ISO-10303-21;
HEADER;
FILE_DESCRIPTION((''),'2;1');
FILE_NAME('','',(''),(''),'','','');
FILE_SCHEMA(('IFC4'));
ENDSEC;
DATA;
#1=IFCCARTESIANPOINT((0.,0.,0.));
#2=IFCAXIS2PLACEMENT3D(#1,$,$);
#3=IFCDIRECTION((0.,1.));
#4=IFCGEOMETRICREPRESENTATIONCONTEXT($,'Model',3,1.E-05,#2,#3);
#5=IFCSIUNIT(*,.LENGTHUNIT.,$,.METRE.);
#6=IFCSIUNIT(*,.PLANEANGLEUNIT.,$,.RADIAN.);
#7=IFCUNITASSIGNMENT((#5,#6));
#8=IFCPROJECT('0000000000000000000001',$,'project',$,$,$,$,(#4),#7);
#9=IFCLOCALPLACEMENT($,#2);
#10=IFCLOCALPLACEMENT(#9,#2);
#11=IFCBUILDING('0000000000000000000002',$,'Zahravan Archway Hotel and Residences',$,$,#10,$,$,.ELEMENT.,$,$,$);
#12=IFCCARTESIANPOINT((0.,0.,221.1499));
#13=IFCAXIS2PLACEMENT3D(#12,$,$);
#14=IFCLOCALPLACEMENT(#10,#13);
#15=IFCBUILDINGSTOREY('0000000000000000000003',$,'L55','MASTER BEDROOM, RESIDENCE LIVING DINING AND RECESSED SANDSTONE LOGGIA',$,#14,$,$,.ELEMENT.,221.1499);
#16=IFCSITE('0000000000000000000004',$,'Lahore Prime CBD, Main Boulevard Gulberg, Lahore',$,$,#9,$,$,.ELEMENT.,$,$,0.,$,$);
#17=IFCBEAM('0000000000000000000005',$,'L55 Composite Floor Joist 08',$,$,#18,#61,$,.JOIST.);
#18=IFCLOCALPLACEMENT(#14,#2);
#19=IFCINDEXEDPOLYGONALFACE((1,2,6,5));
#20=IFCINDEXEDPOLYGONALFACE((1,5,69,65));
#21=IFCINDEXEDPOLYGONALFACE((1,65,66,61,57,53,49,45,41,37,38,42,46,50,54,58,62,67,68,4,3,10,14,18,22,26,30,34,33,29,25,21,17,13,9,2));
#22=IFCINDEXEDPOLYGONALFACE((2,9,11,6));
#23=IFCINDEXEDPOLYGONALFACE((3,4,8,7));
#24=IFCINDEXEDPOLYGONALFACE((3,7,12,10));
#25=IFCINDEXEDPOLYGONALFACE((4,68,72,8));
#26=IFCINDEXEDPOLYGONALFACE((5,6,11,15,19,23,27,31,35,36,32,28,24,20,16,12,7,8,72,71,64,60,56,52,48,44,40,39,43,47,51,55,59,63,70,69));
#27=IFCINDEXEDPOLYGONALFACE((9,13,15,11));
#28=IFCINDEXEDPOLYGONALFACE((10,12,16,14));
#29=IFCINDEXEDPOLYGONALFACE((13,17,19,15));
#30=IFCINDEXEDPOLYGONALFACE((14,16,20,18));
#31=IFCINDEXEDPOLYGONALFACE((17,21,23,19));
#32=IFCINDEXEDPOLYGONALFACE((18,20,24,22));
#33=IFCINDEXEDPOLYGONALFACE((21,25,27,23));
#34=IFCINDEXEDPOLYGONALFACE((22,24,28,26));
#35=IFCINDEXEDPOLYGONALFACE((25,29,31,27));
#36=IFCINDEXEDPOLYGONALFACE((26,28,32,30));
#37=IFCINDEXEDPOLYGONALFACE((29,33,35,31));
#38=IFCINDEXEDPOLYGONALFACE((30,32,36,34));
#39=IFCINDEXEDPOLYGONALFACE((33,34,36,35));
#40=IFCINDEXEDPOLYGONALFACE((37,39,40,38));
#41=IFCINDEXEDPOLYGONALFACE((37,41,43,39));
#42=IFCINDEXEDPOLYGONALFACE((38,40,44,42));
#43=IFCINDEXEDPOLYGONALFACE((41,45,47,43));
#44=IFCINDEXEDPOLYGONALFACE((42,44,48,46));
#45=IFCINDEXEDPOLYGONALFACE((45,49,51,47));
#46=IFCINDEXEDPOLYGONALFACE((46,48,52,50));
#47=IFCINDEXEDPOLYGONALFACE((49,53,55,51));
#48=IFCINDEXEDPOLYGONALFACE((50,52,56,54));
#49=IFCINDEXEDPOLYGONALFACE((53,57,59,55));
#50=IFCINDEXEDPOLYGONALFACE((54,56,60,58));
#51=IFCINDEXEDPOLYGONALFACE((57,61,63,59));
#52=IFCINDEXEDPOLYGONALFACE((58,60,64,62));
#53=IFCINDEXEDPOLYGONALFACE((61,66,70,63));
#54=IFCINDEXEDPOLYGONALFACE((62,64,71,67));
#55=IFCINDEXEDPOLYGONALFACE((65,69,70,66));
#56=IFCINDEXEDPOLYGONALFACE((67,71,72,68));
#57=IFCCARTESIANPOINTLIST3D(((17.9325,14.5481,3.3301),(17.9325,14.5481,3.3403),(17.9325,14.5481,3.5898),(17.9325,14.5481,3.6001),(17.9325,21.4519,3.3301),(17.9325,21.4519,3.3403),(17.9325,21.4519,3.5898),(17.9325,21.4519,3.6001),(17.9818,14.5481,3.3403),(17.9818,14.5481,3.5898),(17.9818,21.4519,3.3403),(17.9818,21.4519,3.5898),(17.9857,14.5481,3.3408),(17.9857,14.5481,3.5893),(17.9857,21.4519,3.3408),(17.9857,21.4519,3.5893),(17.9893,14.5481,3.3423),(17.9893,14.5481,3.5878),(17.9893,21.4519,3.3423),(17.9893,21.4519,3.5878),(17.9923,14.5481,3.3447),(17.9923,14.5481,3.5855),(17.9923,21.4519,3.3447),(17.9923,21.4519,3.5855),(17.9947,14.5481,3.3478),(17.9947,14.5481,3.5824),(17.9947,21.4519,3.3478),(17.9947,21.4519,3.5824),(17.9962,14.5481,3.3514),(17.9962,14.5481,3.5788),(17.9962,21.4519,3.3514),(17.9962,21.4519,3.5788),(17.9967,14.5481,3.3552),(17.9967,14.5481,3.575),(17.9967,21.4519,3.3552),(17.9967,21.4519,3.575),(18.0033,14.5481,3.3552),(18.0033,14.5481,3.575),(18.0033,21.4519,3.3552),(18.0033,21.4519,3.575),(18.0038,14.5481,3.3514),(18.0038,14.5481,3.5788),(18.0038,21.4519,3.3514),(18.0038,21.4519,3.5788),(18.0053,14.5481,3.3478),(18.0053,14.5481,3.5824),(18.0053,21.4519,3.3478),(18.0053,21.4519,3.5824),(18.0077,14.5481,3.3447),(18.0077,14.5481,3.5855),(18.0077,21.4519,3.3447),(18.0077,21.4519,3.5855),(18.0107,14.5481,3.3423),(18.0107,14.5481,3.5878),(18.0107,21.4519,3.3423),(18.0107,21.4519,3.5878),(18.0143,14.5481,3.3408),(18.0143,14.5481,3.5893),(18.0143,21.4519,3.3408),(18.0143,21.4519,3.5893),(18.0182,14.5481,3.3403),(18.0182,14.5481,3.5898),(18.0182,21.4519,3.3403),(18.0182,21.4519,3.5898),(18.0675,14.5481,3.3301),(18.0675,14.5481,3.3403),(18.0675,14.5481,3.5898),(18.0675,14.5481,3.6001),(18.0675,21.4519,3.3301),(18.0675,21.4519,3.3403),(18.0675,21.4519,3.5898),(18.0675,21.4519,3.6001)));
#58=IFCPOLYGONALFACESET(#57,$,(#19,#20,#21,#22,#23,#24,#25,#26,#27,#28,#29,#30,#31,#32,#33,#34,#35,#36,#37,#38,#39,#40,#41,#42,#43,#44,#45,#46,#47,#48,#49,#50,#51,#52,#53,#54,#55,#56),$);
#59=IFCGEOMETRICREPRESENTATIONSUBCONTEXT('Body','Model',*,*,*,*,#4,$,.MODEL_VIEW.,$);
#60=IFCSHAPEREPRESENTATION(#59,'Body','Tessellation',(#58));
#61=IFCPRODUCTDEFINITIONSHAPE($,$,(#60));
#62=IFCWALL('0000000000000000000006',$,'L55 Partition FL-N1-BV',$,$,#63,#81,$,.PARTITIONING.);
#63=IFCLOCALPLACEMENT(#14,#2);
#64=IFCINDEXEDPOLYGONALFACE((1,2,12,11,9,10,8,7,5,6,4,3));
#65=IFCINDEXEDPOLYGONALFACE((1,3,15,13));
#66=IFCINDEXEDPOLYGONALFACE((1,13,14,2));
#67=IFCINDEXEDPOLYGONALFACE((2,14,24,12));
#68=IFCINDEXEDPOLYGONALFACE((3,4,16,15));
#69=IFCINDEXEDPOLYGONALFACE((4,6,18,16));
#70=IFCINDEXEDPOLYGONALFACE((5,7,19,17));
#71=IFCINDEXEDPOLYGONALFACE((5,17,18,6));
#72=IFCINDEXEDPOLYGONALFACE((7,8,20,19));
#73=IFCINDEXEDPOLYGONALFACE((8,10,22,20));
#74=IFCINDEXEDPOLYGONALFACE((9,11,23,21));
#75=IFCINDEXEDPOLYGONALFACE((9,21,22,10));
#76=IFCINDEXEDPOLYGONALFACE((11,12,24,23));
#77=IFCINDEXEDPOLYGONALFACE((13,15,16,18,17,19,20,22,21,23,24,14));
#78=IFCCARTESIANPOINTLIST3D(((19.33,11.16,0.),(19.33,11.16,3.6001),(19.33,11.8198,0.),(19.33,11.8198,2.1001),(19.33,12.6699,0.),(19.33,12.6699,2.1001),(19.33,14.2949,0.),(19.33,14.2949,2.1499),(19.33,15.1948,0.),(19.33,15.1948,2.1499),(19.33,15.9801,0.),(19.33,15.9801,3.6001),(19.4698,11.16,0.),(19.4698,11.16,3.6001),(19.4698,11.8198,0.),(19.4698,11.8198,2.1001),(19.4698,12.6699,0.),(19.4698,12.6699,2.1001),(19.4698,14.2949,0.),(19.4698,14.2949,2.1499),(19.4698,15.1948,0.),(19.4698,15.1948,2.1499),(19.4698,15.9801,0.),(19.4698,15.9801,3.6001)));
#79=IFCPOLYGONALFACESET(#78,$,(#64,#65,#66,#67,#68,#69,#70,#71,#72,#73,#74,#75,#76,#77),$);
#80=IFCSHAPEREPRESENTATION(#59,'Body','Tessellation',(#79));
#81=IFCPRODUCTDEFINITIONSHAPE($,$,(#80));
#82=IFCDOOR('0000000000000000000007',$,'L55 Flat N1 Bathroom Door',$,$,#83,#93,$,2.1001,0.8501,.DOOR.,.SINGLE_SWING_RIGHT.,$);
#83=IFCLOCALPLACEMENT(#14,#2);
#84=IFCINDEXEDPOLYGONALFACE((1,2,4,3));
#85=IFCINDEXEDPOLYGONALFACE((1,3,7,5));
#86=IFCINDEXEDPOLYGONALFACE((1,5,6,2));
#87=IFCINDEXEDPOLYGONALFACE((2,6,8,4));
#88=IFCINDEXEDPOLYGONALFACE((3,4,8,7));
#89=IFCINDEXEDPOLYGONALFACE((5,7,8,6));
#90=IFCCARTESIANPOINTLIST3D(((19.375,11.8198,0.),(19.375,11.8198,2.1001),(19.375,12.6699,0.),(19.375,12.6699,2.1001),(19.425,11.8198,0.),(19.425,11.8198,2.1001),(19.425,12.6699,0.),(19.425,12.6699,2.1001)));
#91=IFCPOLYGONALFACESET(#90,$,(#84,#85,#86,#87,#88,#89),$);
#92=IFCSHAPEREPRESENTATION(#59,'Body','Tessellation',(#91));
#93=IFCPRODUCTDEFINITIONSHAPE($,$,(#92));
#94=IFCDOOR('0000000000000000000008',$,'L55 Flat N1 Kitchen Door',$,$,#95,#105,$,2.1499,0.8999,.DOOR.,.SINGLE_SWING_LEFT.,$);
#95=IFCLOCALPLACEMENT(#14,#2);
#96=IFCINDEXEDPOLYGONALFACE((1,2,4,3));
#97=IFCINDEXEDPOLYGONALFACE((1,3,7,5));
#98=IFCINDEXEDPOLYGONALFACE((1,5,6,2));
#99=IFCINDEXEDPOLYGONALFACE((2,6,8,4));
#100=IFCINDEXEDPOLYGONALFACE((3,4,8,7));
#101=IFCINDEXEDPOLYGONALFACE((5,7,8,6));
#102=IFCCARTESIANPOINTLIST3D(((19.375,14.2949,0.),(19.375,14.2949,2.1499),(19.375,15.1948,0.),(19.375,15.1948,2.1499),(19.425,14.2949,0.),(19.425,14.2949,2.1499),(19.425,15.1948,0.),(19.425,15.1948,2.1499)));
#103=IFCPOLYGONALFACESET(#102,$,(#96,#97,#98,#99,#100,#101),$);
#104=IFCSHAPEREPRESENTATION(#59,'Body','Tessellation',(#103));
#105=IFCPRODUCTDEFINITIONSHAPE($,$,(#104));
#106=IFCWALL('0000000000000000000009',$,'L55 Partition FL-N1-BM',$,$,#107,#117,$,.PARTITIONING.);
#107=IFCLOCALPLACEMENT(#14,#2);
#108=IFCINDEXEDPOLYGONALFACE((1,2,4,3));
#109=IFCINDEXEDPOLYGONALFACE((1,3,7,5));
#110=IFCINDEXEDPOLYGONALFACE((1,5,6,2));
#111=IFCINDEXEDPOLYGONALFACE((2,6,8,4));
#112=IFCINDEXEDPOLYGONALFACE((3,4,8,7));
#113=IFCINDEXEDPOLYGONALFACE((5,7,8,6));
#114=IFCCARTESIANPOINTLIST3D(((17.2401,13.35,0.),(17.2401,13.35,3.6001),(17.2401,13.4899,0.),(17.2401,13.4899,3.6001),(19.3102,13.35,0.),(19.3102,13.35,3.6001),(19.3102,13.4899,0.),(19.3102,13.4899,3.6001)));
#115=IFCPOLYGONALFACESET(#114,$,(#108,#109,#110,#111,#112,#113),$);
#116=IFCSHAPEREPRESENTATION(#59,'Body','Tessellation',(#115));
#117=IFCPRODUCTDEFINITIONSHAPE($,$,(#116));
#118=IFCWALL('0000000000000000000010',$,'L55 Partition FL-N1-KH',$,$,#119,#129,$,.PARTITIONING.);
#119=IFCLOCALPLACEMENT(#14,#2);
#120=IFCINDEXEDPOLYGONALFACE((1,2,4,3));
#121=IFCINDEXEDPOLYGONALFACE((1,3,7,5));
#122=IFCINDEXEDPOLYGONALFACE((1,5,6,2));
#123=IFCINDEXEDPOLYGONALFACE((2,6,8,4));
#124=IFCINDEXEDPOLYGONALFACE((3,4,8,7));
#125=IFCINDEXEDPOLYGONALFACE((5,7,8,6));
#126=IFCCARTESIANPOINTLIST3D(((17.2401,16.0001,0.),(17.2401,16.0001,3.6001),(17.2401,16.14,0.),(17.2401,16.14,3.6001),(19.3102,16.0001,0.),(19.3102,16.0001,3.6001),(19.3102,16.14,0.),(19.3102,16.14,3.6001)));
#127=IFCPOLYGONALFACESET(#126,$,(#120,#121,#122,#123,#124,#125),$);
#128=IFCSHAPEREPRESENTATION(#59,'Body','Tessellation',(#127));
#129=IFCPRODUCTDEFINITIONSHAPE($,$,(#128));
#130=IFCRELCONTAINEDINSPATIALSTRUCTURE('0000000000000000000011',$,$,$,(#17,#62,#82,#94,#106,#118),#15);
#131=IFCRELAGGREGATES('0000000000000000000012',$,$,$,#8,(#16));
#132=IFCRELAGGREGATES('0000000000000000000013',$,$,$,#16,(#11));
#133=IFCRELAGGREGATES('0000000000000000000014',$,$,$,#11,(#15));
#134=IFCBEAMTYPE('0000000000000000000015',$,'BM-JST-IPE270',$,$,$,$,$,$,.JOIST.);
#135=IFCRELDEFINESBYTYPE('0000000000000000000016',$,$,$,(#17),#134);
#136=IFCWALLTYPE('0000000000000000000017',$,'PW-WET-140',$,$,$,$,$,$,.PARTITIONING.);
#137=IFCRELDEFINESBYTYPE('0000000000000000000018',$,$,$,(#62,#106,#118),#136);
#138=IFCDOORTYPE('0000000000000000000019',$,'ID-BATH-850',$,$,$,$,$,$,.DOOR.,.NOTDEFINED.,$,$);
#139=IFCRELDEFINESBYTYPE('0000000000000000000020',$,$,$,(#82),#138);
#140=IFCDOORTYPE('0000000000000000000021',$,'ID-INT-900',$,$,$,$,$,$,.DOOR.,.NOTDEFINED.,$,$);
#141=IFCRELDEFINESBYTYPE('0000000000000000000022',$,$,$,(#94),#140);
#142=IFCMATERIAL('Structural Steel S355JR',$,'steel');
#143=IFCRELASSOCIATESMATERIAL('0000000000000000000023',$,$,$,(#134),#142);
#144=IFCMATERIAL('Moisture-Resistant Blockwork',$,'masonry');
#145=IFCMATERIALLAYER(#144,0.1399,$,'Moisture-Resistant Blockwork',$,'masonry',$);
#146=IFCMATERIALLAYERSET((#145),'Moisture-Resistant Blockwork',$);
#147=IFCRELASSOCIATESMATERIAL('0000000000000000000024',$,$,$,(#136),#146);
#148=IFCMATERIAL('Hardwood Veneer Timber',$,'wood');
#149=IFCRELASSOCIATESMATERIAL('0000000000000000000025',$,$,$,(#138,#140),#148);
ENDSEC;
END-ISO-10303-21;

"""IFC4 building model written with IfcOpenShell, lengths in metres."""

from ifc_helpers import new_model, si_unit, direction, frame, frame_2d, origin, origin_2d, place, context, subcontext, project, spatial, rectangle, i_section, extrude, source, transform, mapped, material, layer, layer_set, material_profile, profile_set, type_object, type_shapes, element, fill, save


model = new_model("IFC4")

# Units and contexts
model_context = context("Model", 3, precision=1e-05, world=origin(), true_north=direction((0.0, 1.0)))
body_context = subcontext(model_context, "Body", "Model", "MODEL_VIEW")
ifc_project = project(units=[si_unit("LENGTHUNIT", "METRE"), si_unit("PLANEANGLEUNIT", "RADIAN")], contexts=[model_context])

# Site, building, storey
site_placement = place(None, origin())
site = spatial("IfcSite", under=ifc_project, at=site_placement, Name="Lahore Prime CBD, Main Boulevard Gulberg, Lahore", CompositionType="ELEMENT", RefElevation=0.0)
building_placement = place(site_placement, origin())
building = spatial("IfcBuilding", under=site, at=building_placement, Name="Zahravan Archway Hotel and Residences", CompositionType="ELEMENT")
storey_placement = place(building_placement, frame((0.0, 0.0, 221.1499)))
storey = spatial("IfcBuildingStorey", under=building, at=storey_placement, Name="L55", Description="MASTER BEDROOM, RESIDENCE LIVING DINING AND RECESSED SANDSTONE LOGGIA", CompositionType="ELEMENT", Elevation=221.1499)

# Beam
ifc_material_1 = material(Name="Structural Steel S355JR", Category="steel")
ifc_material_profile_1 = material_profile(ifc_material_1, i_section(OverallWidth=0.135, OverallDepth=0.27, WebThickness=0.0066, FlangeThickness=0.0103, FilletRadius=0.0149, at=origin_2d()), Name="IPE 270", Category="steel")
ifc_profile_set_1 = profile_set([ifc_material_profile_1], Name="Structural Steel S355JR")
beam_type_1 = type_object("IfcBeamType", Name="BM-JST-IPE270", PredefinedType="JOIST", material=ifc_profile_set_1)
shared_shape_1 = source(origin(), body_context, "Body", "SweptSolid", [
    extrude(i_section(OverallWidth=0.135, OverallDepth=0.27, WebThickness=0.0066, FlangeThickness=0.0103, FilletRadius=0.0149, at=origin_2d()), origin(), (0.0, 0.0, 1.0), 6.9038),
])
beam_1_placement = place(storey_placement, frame((18.0, 14.5481, 3.4651), z_axis=(0.0, 1.0, 0.0), x_axis=(-1.0, 0.0, 0.0)))
element("IfcBeam", 1, at=beam_1_placement, inside=storey, type_object=beam_type_1, Name="L55 Composite Floor Joist 08", PredefinedType="JOIST", context=body_context, shape_type="MappedRepresentation", body=[
    mapped(shared_shape_1, transform((0.0, 0.0, 0.0), scale=1.0)),
])

# Wall, openings, doors
ifc_material_2 = material(Name="Moisture-Resistant Blockwork", Category="masonry")
ifc_layer_1 = layer(ifc_material_2, 0.1399, Name="Moisture-Resistant Blockwork", Category="masonry")
ifc_layer_set_1 = layer_set([ifc_layer_1], Name="Moisture-Resistant Blockwork")
wall_type_1 = type_object("IfcWallType", Name="PW-WET-140", PredefinedType="PARTITIONING", material=ifc_layer_set_1)
wall_1_placement = place(storey_placement, frame((19.3999, 11.1599, 0.0), z_axis=(0.0, 0.0, 1.0), x_axis=(0.0, 1.0, 0.0)))
wall_1 = element("IfcWall", 2, at=wall_1_placement, inside=storey, type_object=wall_type_1, Name="L55 Partition FL-N1-BV", PredefinedType="PARTITIONING", context=body_context, shape_type="SweptSolid", body=[
    extrude(rectangle(XDim=4.8201, YDim=0.1399, at=frame_2d((2.4102, 0.0))), origin(), (0.0, 0.0, 1.0), 3.6001),
])
opening_1_placement = place(wall_1_placement, frame((0.6599, 0.0, 0.0)))
opening_1 = element("IfcOpeningElement", 3, at=opening_1_placement, cuts=wall_1, PredefinedType="OPENING", context=body_context, shape_type="SweptSolid", body=[
    extrude(rectangle(XDim=0.8501, YDim=2.1001, at=frame_2d((0.425, 1.05))), frame((0.0, 0.0801, 0.0), z_axis=(0.0, -1.0, 0.0), x_axis=(1.0, 0.0, 0.0)), (0.0, 0.0, 1.0), 0.1599),
])
opening_2_placement = place(wall_1_placement, frame((3.135, 0.0, 0.0)))
opening_2 = element("IfcOpeningElement", 4, at=opening_2_placement, cuts=wall_1, PredefinedType="OPENING", context=body_context, shape_type="SweptSolid", body=[
    extrude(rectangle(XDim=0.8999, YDim=2.1499, at=frame_2d((0.45, 1.075))), frame((0.0, 0.0801, 0.0), z_axis=(0.0, -1.0, 0.0), x_axis=(1.0, 0.0, 0.0)), (0.0, 0.0, 1.0), 0.1599),
])
ifc_material_3 = material(Name="Hardwood Veneer Timber", Category="wood")
door_type_1 = type_object("IfcDoorType", Name="ID-BATH-850", OperationType="NOTDEFINED", PredefinedType="DOOR", material=ifc_material_3)
shared_shape_2 = source(origin(), body_context, "Body", "SweptSolid", [
    extrude(rectangle(XDim=0.8501, YDim=2.1001, at=frame_2d((0.425, 1.05))), frame((0.0, 0.0249, 0.0), z_axis=(0.0, -1.0, 0.0), x_axis=(1.0, 0.0, 0.0)), (0.0, 0.0, 1.0), 0.05),
])
type_shapes(door_type_1, [shared_shape_2])
door_1_placement = place(opening_1_placement, origin())
door_1 = element("IfcDoor", 5, at=door_1_placement, inside=storey, type_object=door_type_1, Name="L55 Flat N1 Bathroom Door", OperationType="SINGLE_SWING_RIGHT", OverallHeight=2.1001, OverallWidth=0.8501, PredefinedType="DOOR", context=body_context, shape_type="MappedRepresentation", body=[
    mapped(shared_shape_2, transform((0.0, 0.0, 0.0), scale=1.0)),
])
fill(opening_1, door_1)
door_type_2 = type_object("IfcDoorType", Name="ID-INT-900", OperationType="NOTDEFINED", PredefinedType="DOOR", material=ifc_material_3)
shared_shape_3 = source(origin(), body_context, "Body", "SweptSolid", [
    extrude(rectangle(XDim=0.8999, YDim=2.1499, at=frame_2d((0.45, 1.075))), frame((0.0, 0.0249, 0.0), z_axis=(0.0, -1.0, 0.0), x_axis=(1.0, 0.0, 0.0)), (0.0, 0.0, 1.0), 0.05),
])
type_shapes(door_type_2, [shared_shape_3])
door_2_placement = place(opening_2_placement, origin())
door_2 = element("IfcDoor", 6, at=door_2_placement, inside=storey, type_object=door_type_2, Name="L55 Flat N1 Kitchen Door", OperationType="SINGLE_SWING_LEFT", OverallHeight=2.1499, OverallWidth=0.8999, PredefinedType="DOOR", context=body_context, shape_type="MappedRepresentation", body=[
    mapped(shared_shape_3, transform((0.0, 0.0, 0.0), scale=1.0)),
])
fill(opening_2, door_2)

# Walls
for number, where, z_axis, x_axis, name in (
    (7, (17.24, 13.4199, 0.0), (0.0, 0.0, 1.0), (1.0, 0.0, 0.0), "L55 Partition FL-N1-BM"),
    (8, (17.24, 16.0701, 0.0), (0.0, 0.0, 1.0), (1.0, 0.0, 0.0), "L55 Partition FL-N1-KH"),
):
    element("IfcWall", number, at=place(storey_placement, frame(where, z_axis=z_axis, x_axis=x_axis)), inside=storey, type_object=wall_type_1, Name=name, PredefinedType="PARTITIONING", context=body_context, shape_type="SweptSolid", body=[
        extrude(rectangle(XDim=2.0701, YDim=0.1399, at=frame_2d((1.0352, 0.0))), origin(), (0.0, 0.0, 1.0), 3.6001),
    ])

save(model, "model.ifc")
